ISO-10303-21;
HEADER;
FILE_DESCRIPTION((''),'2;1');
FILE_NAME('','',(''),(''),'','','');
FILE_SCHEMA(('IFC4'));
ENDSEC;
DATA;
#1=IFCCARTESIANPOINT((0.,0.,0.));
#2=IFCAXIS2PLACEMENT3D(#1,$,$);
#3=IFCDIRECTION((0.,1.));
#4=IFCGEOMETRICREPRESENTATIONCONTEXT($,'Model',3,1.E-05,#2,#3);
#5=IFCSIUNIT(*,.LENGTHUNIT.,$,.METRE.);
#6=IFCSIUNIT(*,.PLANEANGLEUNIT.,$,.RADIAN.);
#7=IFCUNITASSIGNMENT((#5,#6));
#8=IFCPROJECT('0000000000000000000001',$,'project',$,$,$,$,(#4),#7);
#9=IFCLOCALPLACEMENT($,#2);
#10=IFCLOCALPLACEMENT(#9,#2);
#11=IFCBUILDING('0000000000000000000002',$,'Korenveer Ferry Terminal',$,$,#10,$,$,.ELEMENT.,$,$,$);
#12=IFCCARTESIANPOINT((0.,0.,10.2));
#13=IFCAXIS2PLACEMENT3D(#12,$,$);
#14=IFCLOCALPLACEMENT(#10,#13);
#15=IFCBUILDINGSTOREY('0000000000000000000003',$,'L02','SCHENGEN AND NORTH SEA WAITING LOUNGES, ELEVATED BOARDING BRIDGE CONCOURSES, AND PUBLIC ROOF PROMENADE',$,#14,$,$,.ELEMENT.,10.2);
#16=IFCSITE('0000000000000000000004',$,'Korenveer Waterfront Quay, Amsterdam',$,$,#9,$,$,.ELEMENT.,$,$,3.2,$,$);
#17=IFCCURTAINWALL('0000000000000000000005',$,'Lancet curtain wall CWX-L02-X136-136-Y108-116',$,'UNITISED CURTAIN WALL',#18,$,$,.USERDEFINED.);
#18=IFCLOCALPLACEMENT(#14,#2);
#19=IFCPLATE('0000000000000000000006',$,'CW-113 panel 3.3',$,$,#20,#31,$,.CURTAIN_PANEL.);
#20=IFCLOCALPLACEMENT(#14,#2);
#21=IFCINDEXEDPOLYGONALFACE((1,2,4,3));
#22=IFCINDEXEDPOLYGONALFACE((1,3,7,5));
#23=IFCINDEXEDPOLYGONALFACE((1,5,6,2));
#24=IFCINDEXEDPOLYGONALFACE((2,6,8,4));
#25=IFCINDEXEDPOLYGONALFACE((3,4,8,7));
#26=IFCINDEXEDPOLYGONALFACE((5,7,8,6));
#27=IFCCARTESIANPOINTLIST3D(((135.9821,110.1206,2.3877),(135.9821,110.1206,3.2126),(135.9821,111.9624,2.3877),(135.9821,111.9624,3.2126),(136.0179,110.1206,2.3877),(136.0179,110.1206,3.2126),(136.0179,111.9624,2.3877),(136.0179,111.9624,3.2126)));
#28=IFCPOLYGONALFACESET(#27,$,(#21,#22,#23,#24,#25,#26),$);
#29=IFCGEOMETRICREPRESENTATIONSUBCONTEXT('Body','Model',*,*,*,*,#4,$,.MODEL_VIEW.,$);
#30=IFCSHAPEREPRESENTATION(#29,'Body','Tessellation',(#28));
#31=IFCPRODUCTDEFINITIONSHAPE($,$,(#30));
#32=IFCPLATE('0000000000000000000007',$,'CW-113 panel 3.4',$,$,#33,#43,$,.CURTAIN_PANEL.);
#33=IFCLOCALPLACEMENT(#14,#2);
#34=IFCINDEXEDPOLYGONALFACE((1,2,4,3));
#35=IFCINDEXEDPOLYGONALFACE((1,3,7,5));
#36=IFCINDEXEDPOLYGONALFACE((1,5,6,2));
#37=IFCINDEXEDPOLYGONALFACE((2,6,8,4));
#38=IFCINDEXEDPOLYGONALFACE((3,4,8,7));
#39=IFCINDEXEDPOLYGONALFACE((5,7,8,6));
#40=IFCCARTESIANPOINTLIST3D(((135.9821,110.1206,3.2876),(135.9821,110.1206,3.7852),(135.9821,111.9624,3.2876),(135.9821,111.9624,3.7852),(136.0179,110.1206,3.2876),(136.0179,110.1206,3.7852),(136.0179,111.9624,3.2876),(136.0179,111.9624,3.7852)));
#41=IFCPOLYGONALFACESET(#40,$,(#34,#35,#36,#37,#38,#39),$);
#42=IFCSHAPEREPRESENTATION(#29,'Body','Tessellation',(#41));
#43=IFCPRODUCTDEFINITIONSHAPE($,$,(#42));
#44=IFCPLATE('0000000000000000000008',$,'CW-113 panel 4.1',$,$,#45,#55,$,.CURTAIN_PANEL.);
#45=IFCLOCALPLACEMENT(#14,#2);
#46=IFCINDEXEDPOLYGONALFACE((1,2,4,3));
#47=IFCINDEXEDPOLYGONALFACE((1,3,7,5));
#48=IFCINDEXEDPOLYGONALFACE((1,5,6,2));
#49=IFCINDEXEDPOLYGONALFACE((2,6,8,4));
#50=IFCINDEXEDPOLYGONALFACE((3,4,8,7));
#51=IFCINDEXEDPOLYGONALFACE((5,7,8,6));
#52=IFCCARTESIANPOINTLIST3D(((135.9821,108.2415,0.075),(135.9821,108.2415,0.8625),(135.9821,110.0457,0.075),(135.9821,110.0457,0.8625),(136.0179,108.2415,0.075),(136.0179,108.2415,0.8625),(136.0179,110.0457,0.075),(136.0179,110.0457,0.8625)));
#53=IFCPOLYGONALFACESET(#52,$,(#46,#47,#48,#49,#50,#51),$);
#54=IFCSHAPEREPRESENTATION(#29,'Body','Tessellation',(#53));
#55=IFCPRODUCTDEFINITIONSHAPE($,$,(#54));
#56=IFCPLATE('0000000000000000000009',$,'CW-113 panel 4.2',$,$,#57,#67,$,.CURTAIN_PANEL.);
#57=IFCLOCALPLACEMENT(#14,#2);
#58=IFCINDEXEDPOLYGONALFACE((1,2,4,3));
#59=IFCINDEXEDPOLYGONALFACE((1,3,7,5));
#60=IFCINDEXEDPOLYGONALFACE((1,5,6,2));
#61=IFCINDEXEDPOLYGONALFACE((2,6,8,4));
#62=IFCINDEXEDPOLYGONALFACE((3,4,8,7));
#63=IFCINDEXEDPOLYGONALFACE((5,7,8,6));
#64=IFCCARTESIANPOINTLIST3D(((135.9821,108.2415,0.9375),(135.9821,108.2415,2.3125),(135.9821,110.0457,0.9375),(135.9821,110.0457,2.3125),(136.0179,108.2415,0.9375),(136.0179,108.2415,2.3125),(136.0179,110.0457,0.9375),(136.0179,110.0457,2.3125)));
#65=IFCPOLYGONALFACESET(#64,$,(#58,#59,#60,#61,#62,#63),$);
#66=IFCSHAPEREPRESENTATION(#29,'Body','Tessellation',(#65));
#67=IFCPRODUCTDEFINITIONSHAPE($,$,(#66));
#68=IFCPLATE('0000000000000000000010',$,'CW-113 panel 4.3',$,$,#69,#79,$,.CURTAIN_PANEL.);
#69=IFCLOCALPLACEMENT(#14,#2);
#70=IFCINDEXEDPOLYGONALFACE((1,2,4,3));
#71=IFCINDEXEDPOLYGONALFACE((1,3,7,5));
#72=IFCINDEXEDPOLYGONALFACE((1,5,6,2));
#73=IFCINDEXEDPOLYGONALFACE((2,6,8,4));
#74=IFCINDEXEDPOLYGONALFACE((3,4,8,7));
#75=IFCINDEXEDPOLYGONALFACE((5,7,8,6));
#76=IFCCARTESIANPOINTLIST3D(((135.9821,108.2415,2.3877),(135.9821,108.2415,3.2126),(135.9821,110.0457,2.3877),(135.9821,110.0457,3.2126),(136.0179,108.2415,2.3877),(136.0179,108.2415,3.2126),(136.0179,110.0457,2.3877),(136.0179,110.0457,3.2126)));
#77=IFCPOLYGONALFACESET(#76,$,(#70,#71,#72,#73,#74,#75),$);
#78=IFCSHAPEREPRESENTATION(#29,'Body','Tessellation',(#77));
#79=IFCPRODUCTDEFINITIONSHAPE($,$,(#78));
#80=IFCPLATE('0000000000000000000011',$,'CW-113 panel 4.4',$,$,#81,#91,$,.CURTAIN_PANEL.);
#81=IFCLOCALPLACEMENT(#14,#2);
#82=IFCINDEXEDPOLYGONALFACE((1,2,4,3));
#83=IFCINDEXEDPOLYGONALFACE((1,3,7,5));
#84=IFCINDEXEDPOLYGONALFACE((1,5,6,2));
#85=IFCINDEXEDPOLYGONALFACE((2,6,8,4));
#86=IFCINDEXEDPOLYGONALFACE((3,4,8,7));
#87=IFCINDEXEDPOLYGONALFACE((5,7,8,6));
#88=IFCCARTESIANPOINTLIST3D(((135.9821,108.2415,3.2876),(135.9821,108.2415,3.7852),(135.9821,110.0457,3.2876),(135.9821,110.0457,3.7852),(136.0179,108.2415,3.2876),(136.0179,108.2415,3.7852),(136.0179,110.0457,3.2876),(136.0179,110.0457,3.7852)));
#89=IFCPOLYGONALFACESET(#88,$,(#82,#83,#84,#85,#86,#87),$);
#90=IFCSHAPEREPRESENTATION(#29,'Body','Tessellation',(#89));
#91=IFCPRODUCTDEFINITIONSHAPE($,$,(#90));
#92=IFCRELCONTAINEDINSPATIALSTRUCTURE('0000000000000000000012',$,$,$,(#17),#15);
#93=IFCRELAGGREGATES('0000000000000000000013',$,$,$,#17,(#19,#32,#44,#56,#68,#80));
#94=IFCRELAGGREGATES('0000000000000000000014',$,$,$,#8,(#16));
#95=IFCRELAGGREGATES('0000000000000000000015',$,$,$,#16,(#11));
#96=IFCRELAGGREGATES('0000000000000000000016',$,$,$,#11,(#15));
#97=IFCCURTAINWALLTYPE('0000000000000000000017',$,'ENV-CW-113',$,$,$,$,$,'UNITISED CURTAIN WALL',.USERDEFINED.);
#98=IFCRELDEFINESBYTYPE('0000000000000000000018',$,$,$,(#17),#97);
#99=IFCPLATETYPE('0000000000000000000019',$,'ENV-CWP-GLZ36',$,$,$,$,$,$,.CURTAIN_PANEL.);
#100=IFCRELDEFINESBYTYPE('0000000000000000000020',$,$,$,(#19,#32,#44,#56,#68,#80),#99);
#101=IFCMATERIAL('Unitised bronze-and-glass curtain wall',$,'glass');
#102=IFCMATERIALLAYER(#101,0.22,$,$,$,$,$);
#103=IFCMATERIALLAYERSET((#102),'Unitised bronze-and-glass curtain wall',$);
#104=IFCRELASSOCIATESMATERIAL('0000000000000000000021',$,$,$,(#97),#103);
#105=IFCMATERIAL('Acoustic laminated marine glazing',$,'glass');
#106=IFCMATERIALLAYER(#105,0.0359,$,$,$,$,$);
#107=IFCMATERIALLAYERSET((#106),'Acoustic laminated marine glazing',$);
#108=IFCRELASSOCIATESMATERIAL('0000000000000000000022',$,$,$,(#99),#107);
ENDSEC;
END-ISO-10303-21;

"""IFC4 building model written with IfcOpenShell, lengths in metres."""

from ifc_helpers import new_model, si_unit, direction, frame, origin, origin_2d, place, context, subcontext, project, spatial, rectangle, extrude, material, layer, layer_set, type_object, element, aggregate, save


model = new_model("IFC4")

# Units and contexts
model_context = context("Model", 3, precision=1e-05, world=origin(), true_north=direction((0.0, 1.0)))
body_context = subcontext(model_context, "Body", "Model", "MODEL_VIEW")
ifc_project = project(units=[si_unit("LENGTHUNIT", "METRE"), si_unit("PLANEANGLEUNIT", "RADIAN")], contexts=[model_context])

# Site, building, storey
site_placement = place(None, origin())
site = spatial("IfcSite", under=ifc_project, at=site_placement, Name="Korenveer Waterfront Quay, Amsterdam", CompositionType="ELEMENT", RefElevation=3.2)
building_placement = place(site_placement, origin())
building = spatial("IfcBuilding", under=site, at=building_placement, Name="Korenveer Ferry Terminal", CompositionType="ELEMENT")
storey_placement = place(building_placement, frame((0.0, 0.0, 10.2)))
storey = spatial("IfcBuildingStorey", under=building, at=storey_placement, Name="L02", Description="SCHENGEN AND NORTH SEA WAITING LOUNGES, ELEVATED BOARDING BRIDGE CONCOURSES, AND PUBLIC ROOF PROMENADE", CompositionType="ELEMENT", Elevation=10.2)

# Shared definitions
ifc_material_1 = material(Name="Unitised bronze-and-glass curtain wall", Category="glass")

# Curtain wall
ifc_layer_1 = layer(ifc_material_1, 0.22)
ifc_layer_set_1 = layer_set([ifc_layer_1], Name="Unitised bronze-and-glass curtain wall")
curtain_wall_type_1 = type_object("IfcCurtainWallType", Name="ENV-CW-113", ElementType="UNITISED CURTAIN WALL", PredefinedType="USERDEFINED", material=ifc_layer_set_1)
curtain_wall_1_placement = place(storey_placement, frame((136.0, 115.8335, 0.0)))
curtain_wall_1 = element("IfcCurtainWall", 1, at=curtain_wall_1_placement, inside=storey, type_object=curtain_wall_type_1, Name="Lancet curtain wall CWX-L02-X136-136-Y108-116", ObjectType="UNITISED CURTAIN WALL", PredefinedType="USERDEFINED")

# Plates
ifc_material_2 = material(Name="Acoustic laminated marine glazing", Category="glass")
ifc_layer_2 = layer(ifc_material_2, 0.0359)
ifc_layer_set_2 = layer_set([ifc_layer_2], Name="Acoustic laminated marine glazing")
plate_type = type_object("IfcPlateType", Name="ENV-CWP-GLZ36", PredefinedType="CURTAIN_PANEL", material=ifc_layer_set_2)
plate_1_placement = place(storey_placement, frame((136.0, 111.0415, 2.3877), z_axis=(0.0, 0.0, 1.0), x_axis=(0.0, -1.0, 0.0)))
plate_1 = element("IfcPlate", 2, at=plate_1_placement, type_object=plate_type, Name="CW-113 panel 3.3", PredefinedType="CURTAIN_PANEL", context=body_context, shape_type="SweptSolid", body=[
    extrude(rectangle(XDim=1.8418, YDim=0.0359, at=origin_2d()), origin(), (0.0, 0.0, 1.0), 0.825),
])
plate_2_placement = place(storey_placement, frame((136.0, 111.0415, 3.2876), z_axis=(0.0, 0.0, 1.0), x_axis=(0.0, -1.0, 0.0)))
plate_2 = element("IfcPlate", 3, at=plate_2_placement, type_object=plate_type, Name="CW-113 panel 3.4", PredefinedType="CURTAIN_PANEL", context=body_context, shape_type="SweptSolid", body=[
    extrude(rectangle(XDim=1.8418, YDim=0.0359, at=origin_2d()), origin(), (0.0, 0.0, 1.0), 0.4976),
])
plate_3_placement = place(storey_placement, frame((136.0, 109.1436, 0.075), z_axis=(0.0, 0.0, 1.0), x_axis=(0.0, -1.0, 0.0)))
plate_3 = element("IfcPlate", 4, at=plate_3_placement, type_object=plate_type, Name="CW-113 panel 4.1", PredefinedType="CURTAIN_PANEL", context=body_context, shape_type="SweptSolid", body=[
    extrude(rectangle(XDim=1.8042, YDim=0.0359, at=origin_2d()), origin(), (0.0, 0.0, 1.0), 0.7876),
])
plate_4_placement = place(storey_placement, frame((136.0, 109.1436, 0.9375), z_axis=(0.0, 0.0, 1.0), x_axis=(0.0, -1.0, 0.0)))
plate_4 = element("IfcPlate", 5, at=plate_4_placement, type_object=plate_type, Name="CW-113 panel 4.2", PredefinedType="CURTAIN_PANEL", context=body_context, shape_type="SweptSolid", body=[
    extrude(rectangle(XDim=1.8042, YDim=0.0359, at=origin_2d()), origin(), (0.0, 0.0, 1.0), 1.375),
])
plate_5_placement = place(storey_placement, frame((136.0, 109.1436, 2.3877), z_axis=(0.0, 0.0, 1.0), x_axis=(0.0, -1.0, 0.0)))
plate_5 = element("IfcPlate", 6, at=plate_5_placement, type_object=plate_type, Name="CW-113 panel 4.3", PredefinedType="CURTAIN_PANEL", context=body_context, shape_type="SweptSolid", body=[
    extrude(rectangle(XDim=1.8042, YDim=0.0359, at=origin_2d()), origin(), (0.0, 0.0, 1.0), 0.825),
])
plate_6_placement = place(storey_placement, frame((136.0, 109.1436, 3.2876), z_axis=(0.0, 0.0, 1.0), x_axis=(0.0, -1.0, 0.0)))
plate_6 = element("IfcPlate", 7, at=plate_6_placement, type_object=plate_type, Name="CW-113 panel 4.4", PredefinedType="CURTAIN_PANEL", context=body_context, shape_type="SweptSolid", body=[
    extrude(rectangle(XDim=1.8042, YDim=0.0359, at=origin_2d()), origin(), (0.0, 0.0, 1.0), 0.4976),
])
aggregate(curtain_wall_1, [plate_1, plate_2, plate_3, plate_4, plate_5, plate_6])

save(model, "model.ifc")
